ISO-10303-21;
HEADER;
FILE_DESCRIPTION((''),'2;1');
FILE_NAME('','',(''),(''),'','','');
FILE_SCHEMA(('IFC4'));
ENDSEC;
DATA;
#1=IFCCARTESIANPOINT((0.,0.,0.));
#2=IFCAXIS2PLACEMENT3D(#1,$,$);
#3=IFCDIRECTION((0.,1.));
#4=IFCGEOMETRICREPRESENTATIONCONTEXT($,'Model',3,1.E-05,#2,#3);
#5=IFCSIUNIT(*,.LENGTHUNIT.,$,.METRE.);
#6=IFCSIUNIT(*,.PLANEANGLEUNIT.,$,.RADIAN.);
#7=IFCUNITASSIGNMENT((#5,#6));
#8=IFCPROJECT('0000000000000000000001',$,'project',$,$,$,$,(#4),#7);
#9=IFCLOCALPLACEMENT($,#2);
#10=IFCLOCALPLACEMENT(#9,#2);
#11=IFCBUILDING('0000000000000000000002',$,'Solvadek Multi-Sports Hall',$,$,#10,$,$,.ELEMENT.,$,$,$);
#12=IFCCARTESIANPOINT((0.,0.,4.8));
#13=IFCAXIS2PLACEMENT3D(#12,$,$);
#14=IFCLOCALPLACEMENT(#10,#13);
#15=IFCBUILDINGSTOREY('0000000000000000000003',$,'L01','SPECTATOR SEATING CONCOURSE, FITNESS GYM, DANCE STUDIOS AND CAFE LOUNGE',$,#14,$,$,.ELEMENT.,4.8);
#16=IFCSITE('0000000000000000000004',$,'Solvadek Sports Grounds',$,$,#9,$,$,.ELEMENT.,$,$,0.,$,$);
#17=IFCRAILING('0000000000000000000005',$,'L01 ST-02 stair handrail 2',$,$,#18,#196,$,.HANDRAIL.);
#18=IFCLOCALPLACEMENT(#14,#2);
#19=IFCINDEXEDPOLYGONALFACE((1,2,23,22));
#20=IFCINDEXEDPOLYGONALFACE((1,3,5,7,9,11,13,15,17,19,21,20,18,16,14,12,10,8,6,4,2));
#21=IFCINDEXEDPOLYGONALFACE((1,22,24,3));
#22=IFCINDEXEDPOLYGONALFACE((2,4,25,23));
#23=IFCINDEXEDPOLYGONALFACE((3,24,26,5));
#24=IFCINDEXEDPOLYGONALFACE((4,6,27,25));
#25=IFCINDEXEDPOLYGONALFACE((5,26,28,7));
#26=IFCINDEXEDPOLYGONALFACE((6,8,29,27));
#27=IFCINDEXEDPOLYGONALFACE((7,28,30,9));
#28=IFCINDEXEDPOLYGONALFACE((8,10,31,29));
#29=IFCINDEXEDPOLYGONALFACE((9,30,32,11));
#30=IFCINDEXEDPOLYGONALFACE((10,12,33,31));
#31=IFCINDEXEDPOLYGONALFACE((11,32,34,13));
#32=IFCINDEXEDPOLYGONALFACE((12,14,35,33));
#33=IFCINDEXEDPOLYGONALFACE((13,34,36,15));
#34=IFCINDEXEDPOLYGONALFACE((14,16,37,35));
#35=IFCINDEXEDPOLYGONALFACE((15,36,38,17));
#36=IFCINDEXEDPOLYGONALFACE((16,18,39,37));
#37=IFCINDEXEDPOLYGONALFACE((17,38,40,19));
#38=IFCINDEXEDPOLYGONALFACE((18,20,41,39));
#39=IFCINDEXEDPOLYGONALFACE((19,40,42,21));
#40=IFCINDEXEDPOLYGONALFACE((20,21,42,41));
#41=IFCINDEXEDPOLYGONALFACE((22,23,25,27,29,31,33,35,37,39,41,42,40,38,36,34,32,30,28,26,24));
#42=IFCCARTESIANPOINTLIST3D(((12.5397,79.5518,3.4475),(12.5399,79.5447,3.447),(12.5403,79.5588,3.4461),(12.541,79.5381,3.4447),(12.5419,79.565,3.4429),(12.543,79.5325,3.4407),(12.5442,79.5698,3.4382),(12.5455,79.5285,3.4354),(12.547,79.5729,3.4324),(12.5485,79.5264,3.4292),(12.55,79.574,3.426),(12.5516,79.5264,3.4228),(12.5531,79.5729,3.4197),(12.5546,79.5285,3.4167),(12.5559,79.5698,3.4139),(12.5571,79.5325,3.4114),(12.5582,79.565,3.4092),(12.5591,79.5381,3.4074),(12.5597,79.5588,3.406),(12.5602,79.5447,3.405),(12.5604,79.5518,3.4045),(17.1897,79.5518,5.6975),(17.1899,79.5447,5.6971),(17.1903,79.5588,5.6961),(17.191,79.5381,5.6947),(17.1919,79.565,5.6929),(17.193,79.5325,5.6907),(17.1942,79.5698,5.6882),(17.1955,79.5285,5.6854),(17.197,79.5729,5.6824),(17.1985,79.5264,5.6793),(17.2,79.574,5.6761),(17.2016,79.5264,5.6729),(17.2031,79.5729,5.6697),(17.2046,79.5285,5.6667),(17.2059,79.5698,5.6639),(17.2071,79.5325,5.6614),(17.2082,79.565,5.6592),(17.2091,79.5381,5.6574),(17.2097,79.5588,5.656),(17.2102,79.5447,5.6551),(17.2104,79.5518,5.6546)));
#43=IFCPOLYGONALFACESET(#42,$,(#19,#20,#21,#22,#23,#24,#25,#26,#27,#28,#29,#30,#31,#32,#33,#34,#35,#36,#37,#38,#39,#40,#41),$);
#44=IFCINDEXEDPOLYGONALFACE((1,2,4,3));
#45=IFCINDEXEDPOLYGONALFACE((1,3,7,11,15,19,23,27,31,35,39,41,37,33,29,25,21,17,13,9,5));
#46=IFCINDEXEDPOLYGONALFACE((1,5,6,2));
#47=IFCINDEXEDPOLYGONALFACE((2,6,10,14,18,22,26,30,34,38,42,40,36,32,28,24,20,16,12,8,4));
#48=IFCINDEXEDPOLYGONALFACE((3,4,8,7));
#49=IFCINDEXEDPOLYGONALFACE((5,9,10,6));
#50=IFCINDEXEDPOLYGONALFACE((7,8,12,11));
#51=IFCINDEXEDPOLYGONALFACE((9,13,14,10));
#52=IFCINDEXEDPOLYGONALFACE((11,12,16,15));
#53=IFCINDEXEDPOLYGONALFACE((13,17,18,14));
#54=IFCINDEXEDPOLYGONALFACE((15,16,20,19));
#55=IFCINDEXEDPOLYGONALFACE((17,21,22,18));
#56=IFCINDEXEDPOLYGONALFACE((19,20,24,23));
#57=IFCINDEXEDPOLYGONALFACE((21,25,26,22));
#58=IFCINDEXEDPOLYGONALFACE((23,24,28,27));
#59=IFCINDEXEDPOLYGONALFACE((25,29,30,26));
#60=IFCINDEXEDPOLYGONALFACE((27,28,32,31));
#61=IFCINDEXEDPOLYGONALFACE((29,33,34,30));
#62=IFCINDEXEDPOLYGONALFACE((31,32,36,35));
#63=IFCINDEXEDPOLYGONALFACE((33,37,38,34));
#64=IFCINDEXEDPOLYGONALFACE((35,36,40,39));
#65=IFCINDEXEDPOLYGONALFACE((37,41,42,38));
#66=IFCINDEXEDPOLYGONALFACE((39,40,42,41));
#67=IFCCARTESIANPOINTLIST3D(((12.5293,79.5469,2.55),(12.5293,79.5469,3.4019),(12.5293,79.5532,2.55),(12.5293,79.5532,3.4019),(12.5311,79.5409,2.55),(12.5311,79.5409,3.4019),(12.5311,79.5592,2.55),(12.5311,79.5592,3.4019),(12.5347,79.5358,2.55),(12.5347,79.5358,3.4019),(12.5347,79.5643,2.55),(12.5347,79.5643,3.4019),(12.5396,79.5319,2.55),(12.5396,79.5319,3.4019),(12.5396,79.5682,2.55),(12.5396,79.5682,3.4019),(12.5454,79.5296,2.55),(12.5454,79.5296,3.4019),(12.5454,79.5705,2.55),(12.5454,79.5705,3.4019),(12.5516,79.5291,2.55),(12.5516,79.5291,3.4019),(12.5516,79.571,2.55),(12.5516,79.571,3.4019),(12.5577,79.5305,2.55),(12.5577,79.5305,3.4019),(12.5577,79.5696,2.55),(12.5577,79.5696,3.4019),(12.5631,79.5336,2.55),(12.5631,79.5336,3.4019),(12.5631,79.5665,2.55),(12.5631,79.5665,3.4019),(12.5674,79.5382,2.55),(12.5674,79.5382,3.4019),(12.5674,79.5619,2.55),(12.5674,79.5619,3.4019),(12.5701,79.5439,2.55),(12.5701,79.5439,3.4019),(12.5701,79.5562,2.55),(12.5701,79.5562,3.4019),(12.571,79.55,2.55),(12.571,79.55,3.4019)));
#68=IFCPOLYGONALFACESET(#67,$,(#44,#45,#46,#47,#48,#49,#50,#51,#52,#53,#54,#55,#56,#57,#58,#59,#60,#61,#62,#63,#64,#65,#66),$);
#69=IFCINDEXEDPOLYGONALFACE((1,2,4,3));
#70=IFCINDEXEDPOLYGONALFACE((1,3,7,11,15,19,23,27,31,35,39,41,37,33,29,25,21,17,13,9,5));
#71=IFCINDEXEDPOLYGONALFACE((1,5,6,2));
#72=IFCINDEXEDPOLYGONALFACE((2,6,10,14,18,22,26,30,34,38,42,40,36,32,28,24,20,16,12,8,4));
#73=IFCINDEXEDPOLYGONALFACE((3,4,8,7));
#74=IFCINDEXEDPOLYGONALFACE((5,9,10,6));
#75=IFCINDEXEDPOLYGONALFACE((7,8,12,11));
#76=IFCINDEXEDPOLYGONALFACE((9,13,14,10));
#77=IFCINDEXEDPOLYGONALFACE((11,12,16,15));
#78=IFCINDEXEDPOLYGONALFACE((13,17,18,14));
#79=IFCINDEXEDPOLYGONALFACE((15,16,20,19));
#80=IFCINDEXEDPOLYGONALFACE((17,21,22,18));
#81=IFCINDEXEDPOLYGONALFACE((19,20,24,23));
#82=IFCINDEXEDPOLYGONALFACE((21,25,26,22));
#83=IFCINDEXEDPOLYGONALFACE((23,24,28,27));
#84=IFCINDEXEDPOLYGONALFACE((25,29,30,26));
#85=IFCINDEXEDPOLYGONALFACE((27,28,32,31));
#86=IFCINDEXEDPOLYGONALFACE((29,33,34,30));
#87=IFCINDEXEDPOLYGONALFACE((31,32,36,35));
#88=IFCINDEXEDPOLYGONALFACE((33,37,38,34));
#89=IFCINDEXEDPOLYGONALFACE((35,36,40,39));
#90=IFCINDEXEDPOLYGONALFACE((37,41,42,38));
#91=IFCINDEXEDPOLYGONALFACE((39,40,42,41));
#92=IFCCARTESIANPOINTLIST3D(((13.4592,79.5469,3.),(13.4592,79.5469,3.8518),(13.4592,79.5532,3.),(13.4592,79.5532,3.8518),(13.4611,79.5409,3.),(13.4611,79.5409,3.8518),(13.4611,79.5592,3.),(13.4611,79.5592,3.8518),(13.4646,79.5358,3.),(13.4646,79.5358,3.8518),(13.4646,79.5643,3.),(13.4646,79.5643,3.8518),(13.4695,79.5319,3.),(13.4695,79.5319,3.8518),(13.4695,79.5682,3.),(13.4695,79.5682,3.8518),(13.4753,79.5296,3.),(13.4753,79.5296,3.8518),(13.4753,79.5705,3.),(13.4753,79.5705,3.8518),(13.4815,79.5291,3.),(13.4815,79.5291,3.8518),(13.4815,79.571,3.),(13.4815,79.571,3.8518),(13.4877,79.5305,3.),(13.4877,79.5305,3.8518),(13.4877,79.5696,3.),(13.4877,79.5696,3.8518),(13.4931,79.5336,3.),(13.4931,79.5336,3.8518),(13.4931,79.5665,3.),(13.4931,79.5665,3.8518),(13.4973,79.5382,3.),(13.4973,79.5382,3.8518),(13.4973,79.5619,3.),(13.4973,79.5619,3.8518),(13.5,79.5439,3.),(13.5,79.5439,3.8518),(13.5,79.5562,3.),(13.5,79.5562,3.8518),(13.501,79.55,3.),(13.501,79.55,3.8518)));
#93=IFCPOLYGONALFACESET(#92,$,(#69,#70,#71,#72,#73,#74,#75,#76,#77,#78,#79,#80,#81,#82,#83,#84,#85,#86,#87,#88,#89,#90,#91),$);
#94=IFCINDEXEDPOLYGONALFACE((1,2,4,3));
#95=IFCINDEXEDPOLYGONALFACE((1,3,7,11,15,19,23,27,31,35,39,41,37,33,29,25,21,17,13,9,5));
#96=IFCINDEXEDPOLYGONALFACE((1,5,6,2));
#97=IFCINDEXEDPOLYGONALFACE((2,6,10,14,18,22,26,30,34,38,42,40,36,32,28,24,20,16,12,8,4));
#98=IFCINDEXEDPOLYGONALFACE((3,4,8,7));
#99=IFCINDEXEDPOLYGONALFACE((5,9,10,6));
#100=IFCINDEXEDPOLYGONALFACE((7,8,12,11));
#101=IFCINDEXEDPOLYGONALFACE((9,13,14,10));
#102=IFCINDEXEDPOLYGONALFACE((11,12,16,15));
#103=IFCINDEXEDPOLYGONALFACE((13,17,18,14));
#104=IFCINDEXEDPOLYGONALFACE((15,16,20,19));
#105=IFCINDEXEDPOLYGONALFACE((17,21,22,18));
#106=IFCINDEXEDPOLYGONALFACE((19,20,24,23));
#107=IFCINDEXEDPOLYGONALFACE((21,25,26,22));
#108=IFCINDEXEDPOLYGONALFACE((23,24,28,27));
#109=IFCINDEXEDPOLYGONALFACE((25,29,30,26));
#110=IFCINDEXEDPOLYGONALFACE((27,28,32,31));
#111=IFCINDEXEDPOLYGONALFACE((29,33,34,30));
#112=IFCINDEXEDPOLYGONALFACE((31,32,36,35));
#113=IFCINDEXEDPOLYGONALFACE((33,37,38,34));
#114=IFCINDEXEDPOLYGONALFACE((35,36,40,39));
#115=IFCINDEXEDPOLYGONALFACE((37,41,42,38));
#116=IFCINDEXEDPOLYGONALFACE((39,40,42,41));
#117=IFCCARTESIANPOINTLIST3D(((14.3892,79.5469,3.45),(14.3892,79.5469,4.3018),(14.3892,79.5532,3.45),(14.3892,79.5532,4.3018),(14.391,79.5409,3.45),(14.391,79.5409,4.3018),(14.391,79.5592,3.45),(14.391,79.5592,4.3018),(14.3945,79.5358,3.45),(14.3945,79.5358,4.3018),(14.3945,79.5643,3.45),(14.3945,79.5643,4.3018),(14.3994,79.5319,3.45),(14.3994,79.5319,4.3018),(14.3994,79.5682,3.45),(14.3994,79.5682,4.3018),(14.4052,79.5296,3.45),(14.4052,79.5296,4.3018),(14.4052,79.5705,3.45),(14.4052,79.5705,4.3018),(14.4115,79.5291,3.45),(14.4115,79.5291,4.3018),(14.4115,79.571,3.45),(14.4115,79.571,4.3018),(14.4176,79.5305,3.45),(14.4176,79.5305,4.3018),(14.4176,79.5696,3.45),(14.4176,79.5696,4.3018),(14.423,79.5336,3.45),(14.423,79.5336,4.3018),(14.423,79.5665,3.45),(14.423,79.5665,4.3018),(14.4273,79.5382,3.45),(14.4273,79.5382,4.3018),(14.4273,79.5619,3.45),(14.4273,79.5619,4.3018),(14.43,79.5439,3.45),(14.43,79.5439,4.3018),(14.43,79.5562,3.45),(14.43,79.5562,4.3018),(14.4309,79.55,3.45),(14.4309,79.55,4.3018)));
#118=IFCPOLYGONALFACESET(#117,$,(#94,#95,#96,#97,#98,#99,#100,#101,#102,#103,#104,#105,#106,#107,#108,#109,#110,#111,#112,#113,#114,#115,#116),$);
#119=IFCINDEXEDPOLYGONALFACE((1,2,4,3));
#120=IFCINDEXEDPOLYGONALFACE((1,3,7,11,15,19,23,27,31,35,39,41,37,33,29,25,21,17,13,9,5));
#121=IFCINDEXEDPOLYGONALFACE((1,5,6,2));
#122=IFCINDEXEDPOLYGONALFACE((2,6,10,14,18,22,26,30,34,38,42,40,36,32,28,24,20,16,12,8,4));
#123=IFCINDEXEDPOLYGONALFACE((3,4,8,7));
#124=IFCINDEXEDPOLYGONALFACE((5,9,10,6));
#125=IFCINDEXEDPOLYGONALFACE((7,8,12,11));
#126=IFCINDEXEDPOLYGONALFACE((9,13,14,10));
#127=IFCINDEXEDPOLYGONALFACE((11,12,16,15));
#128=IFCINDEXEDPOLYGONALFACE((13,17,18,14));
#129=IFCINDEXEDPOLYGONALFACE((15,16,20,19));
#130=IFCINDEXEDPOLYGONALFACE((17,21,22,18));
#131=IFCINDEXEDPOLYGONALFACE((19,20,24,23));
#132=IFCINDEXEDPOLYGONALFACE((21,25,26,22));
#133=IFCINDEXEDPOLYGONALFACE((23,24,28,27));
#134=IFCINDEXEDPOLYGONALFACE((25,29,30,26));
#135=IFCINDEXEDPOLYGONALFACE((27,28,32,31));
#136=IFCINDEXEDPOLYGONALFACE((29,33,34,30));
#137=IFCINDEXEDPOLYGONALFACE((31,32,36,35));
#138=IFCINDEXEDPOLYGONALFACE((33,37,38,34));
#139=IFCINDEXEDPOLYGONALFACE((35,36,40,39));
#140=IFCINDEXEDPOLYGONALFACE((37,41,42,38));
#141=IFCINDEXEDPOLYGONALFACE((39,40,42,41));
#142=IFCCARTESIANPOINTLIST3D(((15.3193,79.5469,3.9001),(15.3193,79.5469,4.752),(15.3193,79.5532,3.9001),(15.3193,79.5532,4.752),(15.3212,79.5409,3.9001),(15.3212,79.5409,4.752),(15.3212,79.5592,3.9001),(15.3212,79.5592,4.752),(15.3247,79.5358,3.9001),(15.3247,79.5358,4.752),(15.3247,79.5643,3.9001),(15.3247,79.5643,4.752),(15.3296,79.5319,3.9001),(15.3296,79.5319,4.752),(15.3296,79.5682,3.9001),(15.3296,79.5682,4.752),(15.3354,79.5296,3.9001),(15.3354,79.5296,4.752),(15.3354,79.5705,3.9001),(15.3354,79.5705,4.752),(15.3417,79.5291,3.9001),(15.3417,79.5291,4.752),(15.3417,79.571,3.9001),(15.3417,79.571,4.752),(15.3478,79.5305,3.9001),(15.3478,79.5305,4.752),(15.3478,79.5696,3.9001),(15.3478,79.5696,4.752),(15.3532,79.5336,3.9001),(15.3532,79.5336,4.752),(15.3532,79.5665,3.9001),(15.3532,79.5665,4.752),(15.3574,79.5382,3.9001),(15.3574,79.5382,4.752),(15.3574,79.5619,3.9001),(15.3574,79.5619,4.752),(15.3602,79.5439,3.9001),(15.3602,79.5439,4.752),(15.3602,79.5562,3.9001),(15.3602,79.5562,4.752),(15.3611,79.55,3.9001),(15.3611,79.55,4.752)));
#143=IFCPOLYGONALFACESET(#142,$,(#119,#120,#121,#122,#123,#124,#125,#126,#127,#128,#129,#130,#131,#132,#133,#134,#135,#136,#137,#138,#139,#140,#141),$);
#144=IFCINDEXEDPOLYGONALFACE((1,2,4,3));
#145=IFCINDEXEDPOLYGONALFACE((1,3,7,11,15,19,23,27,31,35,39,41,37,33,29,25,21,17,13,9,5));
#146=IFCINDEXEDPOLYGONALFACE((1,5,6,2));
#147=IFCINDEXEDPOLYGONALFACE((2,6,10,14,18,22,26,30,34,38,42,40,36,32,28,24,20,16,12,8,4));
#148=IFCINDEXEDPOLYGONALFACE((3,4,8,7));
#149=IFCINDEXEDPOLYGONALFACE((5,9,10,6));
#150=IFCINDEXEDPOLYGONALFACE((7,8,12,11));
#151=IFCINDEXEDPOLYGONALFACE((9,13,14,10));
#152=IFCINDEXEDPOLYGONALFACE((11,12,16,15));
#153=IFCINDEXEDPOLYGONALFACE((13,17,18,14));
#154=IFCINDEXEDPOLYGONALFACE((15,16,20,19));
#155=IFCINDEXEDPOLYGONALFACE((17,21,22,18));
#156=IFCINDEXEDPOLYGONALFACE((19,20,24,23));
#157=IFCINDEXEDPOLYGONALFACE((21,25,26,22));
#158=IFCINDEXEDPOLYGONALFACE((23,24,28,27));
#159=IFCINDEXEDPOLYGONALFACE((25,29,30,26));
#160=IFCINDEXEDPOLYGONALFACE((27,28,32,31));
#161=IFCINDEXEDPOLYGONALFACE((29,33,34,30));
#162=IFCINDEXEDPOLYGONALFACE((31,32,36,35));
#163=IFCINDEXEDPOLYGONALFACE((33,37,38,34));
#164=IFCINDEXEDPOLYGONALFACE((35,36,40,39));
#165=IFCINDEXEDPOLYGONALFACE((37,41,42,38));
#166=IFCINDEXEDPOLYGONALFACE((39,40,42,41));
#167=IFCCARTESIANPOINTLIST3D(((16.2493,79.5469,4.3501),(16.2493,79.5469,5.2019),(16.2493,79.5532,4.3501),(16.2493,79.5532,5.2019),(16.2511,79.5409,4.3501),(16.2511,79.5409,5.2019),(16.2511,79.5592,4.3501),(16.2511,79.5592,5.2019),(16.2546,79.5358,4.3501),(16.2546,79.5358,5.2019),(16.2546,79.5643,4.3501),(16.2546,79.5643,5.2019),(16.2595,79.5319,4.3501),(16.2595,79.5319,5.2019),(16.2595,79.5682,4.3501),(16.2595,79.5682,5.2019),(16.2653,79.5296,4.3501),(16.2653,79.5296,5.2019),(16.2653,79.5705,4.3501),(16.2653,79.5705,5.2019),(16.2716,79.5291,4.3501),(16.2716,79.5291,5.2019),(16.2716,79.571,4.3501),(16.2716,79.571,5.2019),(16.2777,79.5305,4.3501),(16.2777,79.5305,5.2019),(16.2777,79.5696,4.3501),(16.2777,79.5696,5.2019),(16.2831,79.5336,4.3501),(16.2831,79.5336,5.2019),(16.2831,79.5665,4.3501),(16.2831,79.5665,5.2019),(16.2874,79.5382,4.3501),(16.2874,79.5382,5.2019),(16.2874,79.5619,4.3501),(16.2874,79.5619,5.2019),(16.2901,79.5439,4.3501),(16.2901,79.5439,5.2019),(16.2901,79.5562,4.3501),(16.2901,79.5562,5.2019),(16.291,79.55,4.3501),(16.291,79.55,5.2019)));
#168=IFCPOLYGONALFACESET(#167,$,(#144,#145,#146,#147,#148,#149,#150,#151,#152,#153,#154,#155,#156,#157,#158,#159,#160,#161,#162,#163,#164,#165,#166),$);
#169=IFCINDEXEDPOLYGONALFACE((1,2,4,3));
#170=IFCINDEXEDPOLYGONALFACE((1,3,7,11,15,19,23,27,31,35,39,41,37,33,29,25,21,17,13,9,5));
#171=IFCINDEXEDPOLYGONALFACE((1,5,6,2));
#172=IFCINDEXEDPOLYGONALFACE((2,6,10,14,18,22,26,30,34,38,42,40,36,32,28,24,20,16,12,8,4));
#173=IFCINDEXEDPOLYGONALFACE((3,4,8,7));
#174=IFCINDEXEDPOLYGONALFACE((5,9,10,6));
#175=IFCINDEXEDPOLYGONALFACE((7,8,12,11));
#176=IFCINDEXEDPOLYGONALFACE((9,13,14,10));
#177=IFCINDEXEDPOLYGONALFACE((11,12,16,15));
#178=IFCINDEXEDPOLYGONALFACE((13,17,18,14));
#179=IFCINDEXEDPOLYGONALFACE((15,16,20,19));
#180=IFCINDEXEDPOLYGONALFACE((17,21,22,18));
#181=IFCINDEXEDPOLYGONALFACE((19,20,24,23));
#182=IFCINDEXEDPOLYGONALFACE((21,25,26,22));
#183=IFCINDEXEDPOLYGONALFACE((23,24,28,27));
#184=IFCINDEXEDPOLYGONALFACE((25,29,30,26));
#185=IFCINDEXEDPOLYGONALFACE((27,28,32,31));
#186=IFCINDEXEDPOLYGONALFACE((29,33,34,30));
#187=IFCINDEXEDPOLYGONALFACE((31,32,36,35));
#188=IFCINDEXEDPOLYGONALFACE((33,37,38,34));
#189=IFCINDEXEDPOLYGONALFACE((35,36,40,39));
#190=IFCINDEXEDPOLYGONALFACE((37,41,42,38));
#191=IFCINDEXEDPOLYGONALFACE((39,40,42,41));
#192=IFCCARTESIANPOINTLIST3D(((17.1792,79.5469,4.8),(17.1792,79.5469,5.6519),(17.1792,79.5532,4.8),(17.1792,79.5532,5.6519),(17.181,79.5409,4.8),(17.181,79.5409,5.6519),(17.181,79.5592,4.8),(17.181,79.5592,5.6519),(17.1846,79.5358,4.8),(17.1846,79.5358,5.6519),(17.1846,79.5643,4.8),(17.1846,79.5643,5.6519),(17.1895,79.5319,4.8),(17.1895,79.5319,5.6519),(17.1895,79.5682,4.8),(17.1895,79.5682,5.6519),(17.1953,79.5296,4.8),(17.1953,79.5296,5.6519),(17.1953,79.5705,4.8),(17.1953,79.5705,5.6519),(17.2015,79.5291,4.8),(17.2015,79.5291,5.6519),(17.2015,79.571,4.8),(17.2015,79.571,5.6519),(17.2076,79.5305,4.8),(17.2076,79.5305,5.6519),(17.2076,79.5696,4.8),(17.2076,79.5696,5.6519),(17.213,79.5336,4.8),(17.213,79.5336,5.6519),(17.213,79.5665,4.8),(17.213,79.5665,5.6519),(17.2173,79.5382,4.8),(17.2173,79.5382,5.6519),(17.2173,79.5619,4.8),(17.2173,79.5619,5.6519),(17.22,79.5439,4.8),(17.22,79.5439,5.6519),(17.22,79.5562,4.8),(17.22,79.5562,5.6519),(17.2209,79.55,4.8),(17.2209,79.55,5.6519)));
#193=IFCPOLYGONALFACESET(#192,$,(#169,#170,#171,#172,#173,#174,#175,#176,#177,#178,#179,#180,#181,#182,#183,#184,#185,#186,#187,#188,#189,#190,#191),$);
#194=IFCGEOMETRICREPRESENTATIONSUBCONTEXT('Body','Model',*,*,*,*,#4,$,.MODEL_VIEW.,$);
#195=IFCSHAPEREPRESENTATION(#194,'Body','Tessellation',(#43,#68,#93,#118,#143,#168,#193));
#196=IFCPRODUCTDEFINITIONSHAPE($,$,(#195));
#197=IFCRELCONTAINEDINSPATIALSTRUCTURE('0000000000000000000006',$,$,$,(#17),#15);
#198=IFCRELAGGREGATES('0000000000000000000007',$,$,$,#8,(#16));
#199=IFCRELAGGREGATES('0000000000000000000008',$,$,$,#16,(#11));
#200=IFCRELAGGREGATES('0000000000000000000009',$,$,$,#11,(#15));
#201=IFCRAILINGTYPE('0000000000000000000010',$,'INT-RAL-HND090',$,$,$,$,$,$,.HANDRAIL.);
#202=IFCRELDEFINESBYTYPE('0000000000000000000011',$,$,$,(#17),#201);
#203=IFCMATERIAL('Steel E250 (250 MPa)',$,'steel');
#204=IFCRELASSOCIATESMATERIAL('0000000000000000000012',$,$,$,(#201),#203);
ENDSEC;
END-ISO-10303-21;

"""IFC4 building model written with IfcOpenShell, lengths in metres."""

from ifc_helpers import new_model, si_unit, direction, frame, origin, origin_2d, place, context, subcontext, project, spatial, circle, extrude, material, type_object, element, save


model = new_model("IFC4")

# Units and contexts
model_context = context("Model", 3, precision=1e-05, world=origin(), true_north=direction((0.0, 1.0)))
body_context = subcontext(model_context, "Body", "Model", "MODEL_VIEW")
ifc_project = project(units=[si_unit("LENGTHUNIT", "METRE"), si_unit("PLANEANGLEUNIT", "RADIAN")], contexts=[model_context])

# Site, building, storey
site_placement = place(None, origin())
site = spatial("IfcSite", under=ifc_project, at=site_placement, Name="Solvadek Sports Grounds", CompositionType="ELEMENT", RefElevation=0.0)
building_placement = place(site_placement, origin())
building = spatial("IfcBuilding", under=site, at=building_placement, Name="Solvadek Multi-Sports Hall", CompositionType="ELEMENT")
storey_placement = place(building_placement, frame((0.0, 0.0, 4.8)))
storey = spatial("IfcBuildingStorey", under=building, at=storey_placement, Name="L01", Description="SPECTATOR SEATING CONCOURSE, FITNESS GYM, DANCE STUDIOS AND CAFE LOUNGE", CompositionType="ELEMENT", Elevation=4.8)

# Railing
ifc_material_1 = material(Name="Steel E250 (250 MPa)", Category="steel")
railing_type_1 = type_object("IfcRailingType", Name="INT-RAL-HND090", PredefinedType="HANDRAIL", material=ifc_material_1)
railing_1_placement = place(storey_placement, frame((12.55, 79.55, 2.55)))
element("IfcRailing", 1, at=railing_1_placement, inside=storey, type_object=railing_type_1, Name="L01 ST-02 stair handrail 2", PredefinedType="HANDRAIL", context=body_context, shape_type="SweptSolid", body=[
    extrude(circle(Radius=0.0239, at=origin_2d()), frame((0.0, 0.0, 0.876), z_axis=(0.900156, 0.0, 0.435568), x_axis=(0.0, 1.0, 0.0)), (0.0, 0.0, 1.0), 5.1658),
    extrude(circle(Radius=0.021, at=origin_2d()), origin(), (0.0, 0.0, 1.0), 0.8518),
    extrude(circle(Radius=0.021, at=origin_2d()), frame((0.9299, 0.0, 0.45)), (0.0, 0.0, 1.0), 0.8518),
    extrude(circle(Radius=0.021, at=origin_2d()), frame((1.8599, 0.0, 0.8999)), (0.0, 0.0, 1.0), 0.8518),
    extrude(circle(Radius=0.021, at=origin_2d()), frame((2.79, 0.0, 1.3501)), (0.0, 0.0, 1.0), 0.8518),
    extrude(circle(Radius=0.021, at=origin_2d()), frame((3.72, 0.0, 1.8)), (0.0, 0.0, 1.0), 0.8518),
    extrude(circle(Radius=0.021, at=origin_2d()), frame((4.6499, 0.0, 2.25)), (0.0, 0.0, 1.0), 0.8518),
])

save(model, "model.ifc")
